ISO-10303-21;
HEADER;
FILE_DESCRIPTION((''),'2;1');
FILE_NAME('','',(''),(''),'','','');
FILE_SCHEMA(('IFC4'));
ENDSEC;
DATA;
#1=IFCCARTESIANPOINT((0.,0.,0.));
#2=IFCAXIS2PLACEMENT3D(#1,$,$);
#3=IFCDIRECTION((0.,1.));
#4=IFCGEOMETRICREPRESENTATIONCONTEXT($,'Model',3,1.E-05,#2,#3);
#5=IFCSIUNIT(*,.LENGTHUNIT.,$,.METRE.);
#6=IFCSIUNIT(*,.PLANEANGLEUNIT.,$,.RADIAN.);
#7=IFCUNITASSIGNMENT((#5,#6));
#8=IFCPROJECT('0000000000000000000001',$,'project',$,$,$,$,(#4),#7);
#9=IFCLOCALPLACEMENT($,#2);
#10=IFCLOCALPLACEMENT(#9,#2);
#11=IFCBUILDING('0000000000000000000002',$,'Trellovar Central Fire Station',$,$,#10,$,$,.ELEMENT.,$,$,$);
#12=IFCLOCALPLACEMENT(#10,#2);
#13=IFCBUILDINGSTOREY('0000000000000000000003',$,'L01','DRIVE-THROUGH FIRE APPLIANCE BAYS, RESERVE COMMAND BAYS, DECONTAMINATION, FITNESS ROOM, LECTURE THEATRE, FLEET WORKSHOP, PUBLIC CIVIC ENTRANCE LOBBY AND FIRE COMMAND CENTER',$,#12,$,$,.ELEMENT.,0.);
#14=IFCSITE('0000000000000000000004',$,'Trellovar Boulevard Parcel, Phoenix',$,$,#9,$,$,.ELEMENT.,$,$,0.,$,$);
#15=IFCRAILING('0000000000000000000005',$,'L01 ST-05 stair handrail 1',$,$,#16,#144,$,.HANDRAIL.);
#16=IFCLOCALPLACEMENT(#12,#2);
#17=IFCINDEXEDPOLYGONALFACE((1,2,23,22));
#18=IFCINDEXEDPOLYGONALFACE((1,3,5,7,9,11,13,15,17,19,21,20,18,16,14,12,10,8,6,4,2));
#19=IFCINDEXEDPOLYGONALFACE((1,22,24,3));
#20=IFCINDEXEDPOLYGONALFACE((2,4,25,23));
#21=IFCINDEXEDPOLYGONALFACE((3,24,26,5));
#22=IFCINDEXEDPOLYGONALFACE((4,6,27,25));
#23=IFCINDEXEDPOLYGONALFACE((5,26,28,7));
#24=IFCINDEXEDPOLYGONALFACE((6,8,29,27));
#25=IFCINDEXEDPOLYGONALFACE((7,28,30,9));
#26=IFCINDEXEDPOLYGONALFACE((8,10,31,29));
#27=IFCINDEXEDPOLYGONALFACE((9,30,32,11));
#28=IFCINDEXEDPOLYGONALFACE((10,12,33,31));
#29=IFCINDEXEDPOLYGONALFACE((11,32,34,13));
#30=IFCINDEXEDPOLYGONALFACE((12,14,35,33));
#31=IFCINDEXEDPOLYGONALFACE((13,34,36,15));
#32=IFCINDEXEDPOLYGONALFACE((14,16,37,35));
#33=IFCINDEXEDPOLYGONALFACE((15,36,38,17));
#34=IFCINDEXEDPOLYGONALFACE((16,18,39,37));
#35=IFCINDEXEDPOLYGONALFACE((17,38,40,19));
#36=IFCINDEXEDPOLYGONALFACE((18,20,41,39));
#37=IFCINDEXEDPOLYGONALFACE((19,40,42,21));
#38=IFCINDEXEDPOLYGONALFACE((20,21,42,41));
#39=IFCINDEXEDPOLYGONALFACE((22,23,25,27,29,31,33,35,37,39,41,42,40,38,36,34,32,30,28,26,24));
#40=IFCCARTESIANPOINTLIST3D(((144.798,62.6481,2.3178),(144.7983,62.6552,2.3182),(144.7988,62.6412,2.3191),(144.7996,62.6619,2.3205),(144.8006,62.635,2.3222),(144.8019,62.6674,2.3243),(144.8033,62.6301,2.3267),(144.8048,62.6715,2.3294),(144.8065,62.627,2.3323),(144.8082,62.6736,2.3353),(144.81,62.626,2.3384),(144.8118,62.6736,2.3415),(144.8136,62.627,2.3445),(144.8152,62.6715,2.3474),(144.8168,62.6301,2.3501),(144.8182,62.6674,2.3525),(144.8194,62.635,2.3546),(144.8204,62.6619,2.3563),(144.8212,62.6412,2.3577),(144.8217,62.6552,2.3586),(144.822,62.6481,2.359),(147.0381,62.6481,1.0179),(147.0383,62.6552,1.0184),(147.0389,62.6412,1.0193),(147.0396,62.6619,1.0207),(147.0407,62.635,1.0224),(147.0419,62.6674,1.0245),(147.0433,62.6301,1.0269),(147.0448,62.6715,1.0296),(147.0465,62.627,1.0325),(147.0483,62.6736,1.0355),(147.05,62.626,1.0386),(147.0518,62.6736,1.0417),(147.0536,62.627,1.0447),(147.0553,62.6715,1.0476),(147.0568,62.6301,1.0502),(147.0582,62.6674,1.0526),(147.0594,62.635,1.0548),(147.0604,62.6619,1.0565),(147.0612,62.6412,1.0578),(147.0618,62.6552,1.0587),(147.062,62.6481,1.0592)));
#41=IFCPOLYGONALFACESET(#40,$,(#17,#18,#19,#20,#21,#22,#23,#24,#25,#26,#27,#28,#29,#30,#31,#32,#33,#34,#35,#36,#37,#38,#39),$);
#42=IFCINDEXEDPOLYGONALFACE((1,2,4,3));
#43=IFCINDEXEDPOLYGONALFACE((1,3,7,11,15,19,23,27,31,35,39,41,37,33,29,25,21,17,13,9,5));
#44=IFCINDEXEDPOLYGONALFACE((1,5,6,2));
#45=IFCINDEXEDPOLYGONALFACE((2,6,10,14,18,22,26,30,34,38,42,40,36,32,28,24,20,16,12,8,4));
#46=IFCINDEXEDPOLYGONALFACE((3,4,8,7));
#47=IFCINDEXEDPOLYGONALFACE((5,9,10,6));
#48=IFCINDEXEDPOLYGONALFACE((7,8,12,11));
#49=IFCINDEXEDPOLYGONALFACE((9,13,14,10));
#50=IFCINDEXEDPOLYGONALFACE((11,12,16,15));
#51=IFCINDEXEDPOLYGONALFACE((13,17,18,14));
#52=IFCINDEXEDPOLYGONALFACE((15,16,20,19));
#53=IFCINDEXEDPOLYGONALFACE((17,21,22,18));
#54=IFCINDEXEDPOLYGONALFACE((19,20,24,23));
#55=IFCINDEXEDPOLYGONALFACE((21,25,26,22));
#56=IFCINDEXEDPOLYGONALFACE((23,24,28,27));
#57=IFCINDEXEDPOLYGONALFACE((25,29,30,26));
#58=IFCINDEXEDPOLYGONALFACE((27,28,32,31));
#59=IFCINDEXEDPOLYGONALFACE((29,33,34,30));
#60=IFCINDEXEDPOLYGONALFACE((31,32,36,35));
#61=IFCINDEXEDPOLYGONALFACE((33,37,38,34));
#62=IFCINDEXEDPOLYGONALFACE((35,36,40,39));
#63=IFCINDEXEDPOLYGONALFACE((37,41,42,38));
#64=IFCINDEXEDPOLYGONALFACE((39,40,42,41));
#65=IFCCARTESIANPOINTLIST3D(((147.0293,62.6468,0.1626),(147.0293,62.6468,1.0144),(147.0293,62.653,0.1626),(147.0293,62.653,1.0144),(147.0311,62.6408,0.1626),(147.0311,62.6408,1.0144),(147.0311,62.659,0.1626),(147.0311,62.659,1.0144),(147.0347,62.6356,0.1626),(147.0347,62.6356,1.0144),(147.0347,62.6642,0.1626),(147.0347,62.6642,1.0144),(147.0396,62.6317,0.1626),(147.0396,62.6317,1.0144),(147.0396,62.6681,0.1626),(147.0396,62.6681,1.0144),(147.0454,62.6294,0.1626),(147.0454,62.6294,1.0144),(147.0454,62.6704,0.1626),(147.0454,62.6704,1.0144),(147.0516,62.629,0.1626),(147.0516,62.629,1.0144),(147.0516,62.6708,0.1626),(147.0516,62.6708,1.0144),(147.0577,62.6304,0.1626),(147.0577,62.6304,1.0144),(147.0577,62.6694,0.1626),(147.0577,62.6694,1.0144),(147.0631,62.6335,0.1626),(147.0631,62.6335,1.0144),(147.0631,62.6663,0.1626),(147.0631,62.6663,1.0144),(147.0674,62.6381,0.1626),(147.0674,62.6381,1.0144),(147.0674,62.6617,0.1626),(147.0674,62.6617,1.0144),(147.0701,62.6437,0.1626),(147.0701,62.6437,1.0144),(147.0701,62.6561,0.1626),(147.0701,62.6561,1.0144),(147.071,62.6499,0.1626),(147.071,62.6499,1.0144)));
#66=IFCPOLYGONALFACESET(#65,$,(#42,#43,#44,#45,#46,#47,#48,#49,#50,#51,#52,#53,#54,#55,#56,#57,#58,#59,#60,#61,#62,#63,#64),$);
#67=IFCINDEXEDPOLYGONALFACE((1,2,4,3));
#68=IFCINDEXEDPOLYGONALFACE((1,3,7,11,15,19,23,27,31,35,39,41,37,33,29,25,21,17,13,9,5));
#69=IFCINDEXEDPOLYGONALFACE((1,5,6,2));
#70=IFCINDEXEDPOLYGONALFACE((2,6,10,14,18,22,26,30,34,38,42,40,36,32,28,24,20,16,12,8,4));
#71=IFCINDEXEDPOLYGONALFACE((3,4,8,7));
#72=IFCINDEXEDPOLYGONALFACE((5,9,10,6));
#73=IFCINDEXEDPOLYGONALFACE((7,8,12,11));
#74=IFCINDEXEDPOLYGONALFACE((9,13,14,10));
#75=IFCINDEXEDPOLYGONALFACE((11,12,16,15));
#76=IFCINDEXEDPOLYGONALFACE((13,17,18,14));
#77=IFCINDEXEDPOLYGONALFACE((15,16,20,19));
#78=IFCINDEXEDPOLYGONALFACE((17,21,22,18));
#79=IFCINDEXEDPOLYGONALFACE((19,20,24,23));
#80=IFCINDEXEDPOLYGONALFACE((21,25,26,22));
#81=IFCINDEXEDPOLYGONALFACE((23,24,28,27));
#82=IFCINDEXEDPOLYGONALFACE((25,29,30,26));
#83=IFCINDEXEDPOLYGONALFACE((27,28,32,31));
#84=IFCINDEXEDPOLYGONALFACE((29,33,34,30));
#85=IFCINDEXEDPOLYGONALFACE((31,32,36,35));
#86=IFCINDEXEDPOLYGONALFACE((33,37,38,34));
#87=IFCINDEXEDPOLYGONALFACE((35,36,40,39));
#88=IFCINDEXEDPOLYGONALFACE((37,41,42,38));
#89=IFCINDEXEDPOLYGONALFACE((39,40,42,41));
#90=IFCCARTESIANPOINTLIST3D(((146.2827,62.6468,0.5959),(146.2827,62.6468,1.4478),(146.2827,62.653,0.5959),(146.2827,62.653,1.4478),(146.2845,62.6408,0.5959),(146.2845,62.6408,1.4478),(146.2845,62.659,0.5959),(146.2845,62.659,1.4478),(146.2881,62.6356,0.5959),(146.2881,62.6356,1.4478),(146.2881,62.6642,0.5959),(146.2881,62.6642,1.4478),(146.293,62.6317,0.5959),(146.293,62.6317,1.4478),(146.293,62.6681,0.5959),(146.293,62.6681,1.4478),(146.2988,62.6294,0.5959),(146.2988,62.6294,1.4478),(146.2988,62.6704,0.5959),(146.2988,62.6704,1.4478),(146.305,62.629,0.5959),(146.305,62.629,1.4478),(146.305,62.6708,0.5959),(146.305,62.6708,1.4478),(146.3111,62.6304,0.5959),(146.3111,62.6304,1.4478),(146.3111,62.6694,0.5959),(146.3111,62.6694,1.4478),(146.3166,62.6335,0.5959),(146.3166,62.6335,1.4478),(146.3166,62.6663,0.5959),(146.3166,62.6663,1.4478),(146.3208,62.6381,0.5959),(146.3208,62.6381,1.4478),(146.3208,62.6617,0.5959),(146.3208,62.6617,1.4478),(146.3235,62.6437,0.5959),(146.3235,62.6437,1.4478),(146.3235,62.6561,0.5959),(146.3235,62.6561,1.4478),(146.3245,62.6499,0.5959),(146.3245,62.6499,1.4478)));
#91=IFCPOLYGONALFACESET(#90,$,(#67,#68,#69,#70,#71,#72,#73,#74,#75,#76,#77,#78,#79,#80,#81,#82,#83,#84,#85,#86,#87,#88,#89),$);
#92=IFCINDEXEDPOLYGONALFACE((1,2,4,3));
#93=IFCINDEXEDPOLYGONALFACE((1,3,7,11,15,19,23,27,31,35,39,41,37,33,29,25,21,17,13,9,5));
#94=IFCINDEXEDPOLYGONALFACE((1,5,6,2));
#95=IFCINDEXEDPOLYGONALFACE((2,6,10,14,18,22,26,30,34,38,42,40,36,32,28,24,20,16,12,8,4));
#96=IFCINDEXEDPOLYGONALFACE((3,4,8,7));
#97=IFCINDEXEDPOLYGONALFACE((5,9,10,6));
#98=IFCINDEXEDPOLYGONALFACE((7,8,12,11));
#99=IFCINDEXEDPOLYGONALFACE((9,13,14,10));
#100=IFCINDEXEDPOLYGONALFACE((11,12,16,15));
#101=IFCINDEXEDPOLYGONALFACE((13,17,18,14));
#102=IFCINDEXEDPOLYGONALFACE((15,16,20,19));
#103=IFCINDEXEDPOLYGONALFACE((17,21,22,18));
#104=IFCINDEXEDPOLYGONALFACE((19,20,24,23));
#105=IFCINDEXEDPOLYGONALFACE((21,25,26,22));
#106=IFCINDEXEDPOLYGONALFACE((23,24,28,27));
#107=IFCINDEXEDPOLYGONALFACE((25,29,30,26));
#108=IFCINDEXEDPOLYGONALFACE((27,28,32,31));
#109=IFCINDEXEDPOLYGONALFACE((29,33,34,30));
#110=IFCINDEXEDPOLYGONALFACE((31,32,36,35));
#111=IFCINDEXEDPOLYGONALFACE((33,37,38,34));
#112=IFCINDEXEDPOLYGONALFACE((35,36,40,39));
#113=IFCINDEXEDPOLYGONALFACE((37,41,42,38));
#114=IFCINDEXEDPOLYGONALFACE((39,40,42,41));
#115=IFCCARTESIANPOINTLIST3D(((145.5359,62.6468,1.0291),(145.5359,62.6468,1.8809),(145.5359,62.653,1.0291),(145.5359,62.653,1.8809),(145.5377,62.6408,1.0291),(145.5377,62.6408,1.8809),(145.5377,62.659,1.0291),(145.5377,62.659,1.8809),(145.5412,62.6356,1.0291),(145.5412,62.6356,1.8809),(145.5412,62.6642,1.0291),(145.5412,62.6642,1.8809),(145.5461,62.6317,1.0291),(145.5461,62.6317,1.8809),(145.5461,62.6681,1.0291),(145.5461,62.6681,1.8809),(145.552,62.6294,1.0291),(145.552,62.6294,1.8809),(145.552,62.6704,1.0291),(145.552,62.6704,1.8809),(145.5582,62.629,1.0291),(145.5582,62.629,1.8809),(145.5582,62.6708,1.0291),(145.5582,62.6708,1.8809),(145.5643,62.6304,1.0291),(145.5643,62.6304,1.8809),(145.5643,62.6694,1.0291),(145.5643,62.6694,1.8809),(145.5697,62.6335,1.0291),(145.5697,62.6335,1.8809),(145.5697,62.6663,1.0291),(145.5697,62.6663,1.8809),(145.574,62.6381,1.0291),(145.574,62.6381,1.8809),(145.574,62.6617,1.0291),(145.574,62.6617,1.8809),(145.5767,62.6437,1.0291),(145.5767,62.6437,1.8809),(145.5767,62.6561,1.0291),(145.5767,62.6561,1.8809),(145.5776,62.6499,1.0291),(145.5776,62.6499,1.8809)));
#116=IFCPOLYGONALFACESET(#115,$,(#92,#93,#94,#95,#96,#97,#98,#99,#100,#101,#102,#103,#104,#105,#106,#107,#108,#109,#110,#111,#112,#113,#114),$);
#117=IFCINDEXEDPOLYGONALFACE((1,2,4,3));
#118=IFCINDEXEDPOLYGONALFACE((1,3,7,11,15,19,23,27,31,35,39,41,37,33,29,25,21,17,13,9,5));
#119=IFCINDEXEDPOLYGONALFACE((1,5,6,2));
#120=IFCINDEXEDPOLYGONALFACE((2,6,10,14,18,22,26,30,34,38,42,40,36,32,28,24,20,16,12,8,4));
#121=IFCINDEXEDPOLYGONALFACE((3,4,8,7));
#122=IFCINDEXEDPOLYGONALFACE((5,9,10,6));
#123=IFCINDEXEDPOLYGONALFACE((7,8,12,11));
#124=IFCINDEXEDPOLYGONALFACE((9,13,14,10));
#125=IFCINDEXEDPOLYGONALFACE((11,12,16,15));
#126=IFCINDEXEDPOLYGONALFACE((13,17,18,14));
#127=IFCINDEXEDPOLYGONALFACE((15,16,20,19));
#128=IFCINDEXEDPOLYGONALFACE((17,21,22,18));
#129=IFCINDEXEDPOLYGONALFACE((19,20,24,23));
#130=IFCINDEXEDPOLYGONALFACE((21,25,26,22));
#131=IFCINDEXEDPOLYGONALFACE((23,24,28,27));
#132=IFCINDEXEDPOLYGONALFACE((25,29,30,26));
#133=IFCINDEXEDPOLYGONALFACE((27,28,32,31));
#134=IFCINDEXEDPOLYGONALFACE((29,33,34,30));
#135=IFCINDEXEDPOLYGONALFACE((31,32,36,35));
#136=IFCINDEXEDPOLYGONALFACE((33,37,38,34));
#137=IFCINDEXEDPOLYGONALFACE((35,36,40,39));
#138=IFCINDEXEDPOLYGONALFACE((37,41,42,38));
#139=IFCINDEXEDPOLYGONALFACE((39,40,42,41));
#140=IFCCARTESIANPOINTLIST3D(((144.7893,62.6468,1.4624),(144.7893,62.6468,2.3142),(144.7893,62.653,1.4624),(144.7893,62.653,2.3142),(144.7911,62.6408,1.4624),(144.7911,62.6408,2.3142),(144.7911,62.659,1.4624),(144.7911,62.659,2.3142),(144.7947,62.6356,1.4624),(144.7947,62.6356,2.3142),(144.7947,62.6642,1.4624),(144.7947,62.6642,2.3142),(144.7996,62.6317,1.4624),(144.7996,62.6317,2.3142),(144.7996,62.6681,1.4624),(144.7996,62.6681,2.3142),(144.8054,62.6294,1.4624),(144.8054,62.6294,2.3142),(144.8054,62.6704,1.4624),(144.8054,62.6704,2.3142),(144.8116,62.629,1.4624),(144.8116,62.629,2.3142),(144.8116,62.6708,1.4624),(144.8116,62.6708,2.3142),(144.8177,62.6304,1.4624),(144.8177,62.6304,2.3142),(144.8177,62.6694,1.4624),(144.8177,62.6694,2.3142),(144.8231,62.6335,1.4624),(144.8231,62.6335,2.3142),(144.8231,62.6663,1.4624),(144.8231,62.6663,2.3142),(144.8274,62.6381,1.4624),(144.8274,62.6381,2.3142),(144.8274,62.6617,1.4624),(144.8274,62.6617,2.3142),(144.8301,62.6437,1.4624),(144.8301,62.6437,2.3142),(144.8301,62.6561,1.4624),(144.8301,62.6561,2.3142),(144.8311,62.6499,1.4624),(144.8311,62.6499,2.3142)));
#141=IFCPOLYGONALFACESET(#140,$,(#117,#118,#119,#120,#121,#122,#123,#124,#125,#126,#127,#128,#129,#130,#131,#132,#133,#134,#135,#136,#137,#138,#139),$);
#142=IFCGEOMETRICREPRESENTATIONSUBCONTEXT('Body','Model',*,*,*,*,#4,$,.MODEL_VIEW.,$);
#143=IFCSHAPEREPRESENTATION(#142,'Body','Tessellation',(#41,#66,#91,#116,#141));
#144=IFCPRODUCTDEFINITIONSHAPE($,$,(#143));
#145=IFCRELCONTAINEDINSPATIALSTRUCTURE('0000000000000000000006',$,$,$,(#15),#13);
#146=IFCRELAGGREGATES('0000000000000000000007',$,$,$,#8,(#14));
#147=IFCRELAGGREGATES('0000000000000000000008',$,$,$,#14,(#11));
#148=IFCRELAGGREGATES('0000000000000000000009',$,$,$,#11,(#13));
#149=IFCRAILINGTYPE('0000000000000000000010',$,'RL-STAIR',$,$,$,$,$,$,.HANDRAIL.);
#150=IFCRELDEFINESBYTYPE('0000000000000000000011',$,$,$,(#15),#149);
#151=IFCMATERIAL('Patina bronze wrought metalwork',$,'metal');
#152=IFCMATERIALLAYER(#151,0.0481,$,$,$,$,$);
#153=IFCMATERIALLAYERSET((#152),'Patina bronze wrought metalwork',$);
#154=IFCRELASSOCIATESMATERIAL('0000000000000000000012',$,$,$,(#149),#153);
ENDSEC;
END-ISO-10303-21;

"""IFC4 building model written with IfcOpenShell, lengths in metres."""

from ifc_helpers import new_model, si_unit, direction, frame, origin, origin_2d, place, context, subcontext, project, spatial, circle, extrude, material, layer, layer_set, type_object, element, save


model = new_model("IFC4")

# Units and contexts
model_context = context("Model", 3, precision=1e-05, world=origin(), true_north=direction((0.0, 1.0)))
body_context = subcontext(model_context, "Body", "Model", "MODEL_VIEW")
ifc_project = project(units=[si_unit("LENGTHUNIT", "METRE"), si_unit("PLANEANGLEUNIT", "RADIAN")], contexts=[model_context])

# Site, building, storey
site_placement = place(None, origin())
site = spatial("IfcSite", under=ifc_project, at=site_placement, Name="Trellovar Boulevard Parcel, Phoenix", CompositionType="ELEMENT", RefElevation=0.0)
building_placement = place(site_placement, origin())
building = spatial("IfcBuilding", under=site, at=building_placement, Name="Trellovar Central Fire Station", CompositionType="ELEMENT")
storey_placement = place(building_placement, origin())
storey = spatial("IfcBuildingStorey", under=building, at=storey_placement, Name="L01", Description="DRIVE-THROUGH FIRE APPLIANCE BAYS, RESERVE COMMAND BAYS, DECONTAMINATION, FITNESS ROOM, LECTURE THEATRE, FLEET WORKSHOP, PUBLIC CIVIC ENTRANCE LOBBY AND FIRE COMMAND CENTER", CompositionType="ELEMENT", Elevation=0.0)

# Railing
ifc_material_1 = material(Name="Patina bronze wrought metalwork", Category="metal")
ifc_layer_1 = layer(ifc_material_1, 0.0481)
ifc_layer_set_1 = layer_set([ifc_layer_1], Name="Patina bronze wrought metalwork")
railing_type_1 = type_object("IfcRailingType", Name="RL-STAIR", PredefinedType="HANDRAIL", material=ifc_layer_set_1)
railing_1_placement = place(storey_placement, frame((147.05, 62.6499, 0.1626)))
element("IfcRailing", 1, at=railing_1_placement, inside=storey, type_object=railing_type_1, Name="L01 ST-05 stair handrail 1", PredefinedType="HANDRAIL", context=body_context, shape_type="SweptSolid", body=[
    extrude(circle(Radius=0.0239, at=origin_2d()), frame((0.0, 0.0, 0.876), z_axis=(-0.864929, 0.0, 0.501894), x_axis=(0.0, -1.0, 0.0)), (0.0, 0.0, 1.0), 2.5898),
    extrude(circle(Radius=0.021, at=origin_2d()), origin(), (0.0, 0.0, 1.0), 0.8518),
    extrude(circle(Radius=0.021, at=origin_2d()), frame((-0.7466, 0.0, 0.4333)), (0.0, 0.0, 1.0), 0.8518),
    extrude(circle(Radius=0.021, at=origin_2d()), frame((-1.4934, 0.0, 0.8665)), (0.0, 0.0, 1.0), 0.8518),
    extrude(circle(Radius=0.021, at=origin_2d()), frame((-2.24, 0.0, 1.2998)), (0.0, 0.0, 1.0), 0.8518),
])

save(model, "model.ifc")
